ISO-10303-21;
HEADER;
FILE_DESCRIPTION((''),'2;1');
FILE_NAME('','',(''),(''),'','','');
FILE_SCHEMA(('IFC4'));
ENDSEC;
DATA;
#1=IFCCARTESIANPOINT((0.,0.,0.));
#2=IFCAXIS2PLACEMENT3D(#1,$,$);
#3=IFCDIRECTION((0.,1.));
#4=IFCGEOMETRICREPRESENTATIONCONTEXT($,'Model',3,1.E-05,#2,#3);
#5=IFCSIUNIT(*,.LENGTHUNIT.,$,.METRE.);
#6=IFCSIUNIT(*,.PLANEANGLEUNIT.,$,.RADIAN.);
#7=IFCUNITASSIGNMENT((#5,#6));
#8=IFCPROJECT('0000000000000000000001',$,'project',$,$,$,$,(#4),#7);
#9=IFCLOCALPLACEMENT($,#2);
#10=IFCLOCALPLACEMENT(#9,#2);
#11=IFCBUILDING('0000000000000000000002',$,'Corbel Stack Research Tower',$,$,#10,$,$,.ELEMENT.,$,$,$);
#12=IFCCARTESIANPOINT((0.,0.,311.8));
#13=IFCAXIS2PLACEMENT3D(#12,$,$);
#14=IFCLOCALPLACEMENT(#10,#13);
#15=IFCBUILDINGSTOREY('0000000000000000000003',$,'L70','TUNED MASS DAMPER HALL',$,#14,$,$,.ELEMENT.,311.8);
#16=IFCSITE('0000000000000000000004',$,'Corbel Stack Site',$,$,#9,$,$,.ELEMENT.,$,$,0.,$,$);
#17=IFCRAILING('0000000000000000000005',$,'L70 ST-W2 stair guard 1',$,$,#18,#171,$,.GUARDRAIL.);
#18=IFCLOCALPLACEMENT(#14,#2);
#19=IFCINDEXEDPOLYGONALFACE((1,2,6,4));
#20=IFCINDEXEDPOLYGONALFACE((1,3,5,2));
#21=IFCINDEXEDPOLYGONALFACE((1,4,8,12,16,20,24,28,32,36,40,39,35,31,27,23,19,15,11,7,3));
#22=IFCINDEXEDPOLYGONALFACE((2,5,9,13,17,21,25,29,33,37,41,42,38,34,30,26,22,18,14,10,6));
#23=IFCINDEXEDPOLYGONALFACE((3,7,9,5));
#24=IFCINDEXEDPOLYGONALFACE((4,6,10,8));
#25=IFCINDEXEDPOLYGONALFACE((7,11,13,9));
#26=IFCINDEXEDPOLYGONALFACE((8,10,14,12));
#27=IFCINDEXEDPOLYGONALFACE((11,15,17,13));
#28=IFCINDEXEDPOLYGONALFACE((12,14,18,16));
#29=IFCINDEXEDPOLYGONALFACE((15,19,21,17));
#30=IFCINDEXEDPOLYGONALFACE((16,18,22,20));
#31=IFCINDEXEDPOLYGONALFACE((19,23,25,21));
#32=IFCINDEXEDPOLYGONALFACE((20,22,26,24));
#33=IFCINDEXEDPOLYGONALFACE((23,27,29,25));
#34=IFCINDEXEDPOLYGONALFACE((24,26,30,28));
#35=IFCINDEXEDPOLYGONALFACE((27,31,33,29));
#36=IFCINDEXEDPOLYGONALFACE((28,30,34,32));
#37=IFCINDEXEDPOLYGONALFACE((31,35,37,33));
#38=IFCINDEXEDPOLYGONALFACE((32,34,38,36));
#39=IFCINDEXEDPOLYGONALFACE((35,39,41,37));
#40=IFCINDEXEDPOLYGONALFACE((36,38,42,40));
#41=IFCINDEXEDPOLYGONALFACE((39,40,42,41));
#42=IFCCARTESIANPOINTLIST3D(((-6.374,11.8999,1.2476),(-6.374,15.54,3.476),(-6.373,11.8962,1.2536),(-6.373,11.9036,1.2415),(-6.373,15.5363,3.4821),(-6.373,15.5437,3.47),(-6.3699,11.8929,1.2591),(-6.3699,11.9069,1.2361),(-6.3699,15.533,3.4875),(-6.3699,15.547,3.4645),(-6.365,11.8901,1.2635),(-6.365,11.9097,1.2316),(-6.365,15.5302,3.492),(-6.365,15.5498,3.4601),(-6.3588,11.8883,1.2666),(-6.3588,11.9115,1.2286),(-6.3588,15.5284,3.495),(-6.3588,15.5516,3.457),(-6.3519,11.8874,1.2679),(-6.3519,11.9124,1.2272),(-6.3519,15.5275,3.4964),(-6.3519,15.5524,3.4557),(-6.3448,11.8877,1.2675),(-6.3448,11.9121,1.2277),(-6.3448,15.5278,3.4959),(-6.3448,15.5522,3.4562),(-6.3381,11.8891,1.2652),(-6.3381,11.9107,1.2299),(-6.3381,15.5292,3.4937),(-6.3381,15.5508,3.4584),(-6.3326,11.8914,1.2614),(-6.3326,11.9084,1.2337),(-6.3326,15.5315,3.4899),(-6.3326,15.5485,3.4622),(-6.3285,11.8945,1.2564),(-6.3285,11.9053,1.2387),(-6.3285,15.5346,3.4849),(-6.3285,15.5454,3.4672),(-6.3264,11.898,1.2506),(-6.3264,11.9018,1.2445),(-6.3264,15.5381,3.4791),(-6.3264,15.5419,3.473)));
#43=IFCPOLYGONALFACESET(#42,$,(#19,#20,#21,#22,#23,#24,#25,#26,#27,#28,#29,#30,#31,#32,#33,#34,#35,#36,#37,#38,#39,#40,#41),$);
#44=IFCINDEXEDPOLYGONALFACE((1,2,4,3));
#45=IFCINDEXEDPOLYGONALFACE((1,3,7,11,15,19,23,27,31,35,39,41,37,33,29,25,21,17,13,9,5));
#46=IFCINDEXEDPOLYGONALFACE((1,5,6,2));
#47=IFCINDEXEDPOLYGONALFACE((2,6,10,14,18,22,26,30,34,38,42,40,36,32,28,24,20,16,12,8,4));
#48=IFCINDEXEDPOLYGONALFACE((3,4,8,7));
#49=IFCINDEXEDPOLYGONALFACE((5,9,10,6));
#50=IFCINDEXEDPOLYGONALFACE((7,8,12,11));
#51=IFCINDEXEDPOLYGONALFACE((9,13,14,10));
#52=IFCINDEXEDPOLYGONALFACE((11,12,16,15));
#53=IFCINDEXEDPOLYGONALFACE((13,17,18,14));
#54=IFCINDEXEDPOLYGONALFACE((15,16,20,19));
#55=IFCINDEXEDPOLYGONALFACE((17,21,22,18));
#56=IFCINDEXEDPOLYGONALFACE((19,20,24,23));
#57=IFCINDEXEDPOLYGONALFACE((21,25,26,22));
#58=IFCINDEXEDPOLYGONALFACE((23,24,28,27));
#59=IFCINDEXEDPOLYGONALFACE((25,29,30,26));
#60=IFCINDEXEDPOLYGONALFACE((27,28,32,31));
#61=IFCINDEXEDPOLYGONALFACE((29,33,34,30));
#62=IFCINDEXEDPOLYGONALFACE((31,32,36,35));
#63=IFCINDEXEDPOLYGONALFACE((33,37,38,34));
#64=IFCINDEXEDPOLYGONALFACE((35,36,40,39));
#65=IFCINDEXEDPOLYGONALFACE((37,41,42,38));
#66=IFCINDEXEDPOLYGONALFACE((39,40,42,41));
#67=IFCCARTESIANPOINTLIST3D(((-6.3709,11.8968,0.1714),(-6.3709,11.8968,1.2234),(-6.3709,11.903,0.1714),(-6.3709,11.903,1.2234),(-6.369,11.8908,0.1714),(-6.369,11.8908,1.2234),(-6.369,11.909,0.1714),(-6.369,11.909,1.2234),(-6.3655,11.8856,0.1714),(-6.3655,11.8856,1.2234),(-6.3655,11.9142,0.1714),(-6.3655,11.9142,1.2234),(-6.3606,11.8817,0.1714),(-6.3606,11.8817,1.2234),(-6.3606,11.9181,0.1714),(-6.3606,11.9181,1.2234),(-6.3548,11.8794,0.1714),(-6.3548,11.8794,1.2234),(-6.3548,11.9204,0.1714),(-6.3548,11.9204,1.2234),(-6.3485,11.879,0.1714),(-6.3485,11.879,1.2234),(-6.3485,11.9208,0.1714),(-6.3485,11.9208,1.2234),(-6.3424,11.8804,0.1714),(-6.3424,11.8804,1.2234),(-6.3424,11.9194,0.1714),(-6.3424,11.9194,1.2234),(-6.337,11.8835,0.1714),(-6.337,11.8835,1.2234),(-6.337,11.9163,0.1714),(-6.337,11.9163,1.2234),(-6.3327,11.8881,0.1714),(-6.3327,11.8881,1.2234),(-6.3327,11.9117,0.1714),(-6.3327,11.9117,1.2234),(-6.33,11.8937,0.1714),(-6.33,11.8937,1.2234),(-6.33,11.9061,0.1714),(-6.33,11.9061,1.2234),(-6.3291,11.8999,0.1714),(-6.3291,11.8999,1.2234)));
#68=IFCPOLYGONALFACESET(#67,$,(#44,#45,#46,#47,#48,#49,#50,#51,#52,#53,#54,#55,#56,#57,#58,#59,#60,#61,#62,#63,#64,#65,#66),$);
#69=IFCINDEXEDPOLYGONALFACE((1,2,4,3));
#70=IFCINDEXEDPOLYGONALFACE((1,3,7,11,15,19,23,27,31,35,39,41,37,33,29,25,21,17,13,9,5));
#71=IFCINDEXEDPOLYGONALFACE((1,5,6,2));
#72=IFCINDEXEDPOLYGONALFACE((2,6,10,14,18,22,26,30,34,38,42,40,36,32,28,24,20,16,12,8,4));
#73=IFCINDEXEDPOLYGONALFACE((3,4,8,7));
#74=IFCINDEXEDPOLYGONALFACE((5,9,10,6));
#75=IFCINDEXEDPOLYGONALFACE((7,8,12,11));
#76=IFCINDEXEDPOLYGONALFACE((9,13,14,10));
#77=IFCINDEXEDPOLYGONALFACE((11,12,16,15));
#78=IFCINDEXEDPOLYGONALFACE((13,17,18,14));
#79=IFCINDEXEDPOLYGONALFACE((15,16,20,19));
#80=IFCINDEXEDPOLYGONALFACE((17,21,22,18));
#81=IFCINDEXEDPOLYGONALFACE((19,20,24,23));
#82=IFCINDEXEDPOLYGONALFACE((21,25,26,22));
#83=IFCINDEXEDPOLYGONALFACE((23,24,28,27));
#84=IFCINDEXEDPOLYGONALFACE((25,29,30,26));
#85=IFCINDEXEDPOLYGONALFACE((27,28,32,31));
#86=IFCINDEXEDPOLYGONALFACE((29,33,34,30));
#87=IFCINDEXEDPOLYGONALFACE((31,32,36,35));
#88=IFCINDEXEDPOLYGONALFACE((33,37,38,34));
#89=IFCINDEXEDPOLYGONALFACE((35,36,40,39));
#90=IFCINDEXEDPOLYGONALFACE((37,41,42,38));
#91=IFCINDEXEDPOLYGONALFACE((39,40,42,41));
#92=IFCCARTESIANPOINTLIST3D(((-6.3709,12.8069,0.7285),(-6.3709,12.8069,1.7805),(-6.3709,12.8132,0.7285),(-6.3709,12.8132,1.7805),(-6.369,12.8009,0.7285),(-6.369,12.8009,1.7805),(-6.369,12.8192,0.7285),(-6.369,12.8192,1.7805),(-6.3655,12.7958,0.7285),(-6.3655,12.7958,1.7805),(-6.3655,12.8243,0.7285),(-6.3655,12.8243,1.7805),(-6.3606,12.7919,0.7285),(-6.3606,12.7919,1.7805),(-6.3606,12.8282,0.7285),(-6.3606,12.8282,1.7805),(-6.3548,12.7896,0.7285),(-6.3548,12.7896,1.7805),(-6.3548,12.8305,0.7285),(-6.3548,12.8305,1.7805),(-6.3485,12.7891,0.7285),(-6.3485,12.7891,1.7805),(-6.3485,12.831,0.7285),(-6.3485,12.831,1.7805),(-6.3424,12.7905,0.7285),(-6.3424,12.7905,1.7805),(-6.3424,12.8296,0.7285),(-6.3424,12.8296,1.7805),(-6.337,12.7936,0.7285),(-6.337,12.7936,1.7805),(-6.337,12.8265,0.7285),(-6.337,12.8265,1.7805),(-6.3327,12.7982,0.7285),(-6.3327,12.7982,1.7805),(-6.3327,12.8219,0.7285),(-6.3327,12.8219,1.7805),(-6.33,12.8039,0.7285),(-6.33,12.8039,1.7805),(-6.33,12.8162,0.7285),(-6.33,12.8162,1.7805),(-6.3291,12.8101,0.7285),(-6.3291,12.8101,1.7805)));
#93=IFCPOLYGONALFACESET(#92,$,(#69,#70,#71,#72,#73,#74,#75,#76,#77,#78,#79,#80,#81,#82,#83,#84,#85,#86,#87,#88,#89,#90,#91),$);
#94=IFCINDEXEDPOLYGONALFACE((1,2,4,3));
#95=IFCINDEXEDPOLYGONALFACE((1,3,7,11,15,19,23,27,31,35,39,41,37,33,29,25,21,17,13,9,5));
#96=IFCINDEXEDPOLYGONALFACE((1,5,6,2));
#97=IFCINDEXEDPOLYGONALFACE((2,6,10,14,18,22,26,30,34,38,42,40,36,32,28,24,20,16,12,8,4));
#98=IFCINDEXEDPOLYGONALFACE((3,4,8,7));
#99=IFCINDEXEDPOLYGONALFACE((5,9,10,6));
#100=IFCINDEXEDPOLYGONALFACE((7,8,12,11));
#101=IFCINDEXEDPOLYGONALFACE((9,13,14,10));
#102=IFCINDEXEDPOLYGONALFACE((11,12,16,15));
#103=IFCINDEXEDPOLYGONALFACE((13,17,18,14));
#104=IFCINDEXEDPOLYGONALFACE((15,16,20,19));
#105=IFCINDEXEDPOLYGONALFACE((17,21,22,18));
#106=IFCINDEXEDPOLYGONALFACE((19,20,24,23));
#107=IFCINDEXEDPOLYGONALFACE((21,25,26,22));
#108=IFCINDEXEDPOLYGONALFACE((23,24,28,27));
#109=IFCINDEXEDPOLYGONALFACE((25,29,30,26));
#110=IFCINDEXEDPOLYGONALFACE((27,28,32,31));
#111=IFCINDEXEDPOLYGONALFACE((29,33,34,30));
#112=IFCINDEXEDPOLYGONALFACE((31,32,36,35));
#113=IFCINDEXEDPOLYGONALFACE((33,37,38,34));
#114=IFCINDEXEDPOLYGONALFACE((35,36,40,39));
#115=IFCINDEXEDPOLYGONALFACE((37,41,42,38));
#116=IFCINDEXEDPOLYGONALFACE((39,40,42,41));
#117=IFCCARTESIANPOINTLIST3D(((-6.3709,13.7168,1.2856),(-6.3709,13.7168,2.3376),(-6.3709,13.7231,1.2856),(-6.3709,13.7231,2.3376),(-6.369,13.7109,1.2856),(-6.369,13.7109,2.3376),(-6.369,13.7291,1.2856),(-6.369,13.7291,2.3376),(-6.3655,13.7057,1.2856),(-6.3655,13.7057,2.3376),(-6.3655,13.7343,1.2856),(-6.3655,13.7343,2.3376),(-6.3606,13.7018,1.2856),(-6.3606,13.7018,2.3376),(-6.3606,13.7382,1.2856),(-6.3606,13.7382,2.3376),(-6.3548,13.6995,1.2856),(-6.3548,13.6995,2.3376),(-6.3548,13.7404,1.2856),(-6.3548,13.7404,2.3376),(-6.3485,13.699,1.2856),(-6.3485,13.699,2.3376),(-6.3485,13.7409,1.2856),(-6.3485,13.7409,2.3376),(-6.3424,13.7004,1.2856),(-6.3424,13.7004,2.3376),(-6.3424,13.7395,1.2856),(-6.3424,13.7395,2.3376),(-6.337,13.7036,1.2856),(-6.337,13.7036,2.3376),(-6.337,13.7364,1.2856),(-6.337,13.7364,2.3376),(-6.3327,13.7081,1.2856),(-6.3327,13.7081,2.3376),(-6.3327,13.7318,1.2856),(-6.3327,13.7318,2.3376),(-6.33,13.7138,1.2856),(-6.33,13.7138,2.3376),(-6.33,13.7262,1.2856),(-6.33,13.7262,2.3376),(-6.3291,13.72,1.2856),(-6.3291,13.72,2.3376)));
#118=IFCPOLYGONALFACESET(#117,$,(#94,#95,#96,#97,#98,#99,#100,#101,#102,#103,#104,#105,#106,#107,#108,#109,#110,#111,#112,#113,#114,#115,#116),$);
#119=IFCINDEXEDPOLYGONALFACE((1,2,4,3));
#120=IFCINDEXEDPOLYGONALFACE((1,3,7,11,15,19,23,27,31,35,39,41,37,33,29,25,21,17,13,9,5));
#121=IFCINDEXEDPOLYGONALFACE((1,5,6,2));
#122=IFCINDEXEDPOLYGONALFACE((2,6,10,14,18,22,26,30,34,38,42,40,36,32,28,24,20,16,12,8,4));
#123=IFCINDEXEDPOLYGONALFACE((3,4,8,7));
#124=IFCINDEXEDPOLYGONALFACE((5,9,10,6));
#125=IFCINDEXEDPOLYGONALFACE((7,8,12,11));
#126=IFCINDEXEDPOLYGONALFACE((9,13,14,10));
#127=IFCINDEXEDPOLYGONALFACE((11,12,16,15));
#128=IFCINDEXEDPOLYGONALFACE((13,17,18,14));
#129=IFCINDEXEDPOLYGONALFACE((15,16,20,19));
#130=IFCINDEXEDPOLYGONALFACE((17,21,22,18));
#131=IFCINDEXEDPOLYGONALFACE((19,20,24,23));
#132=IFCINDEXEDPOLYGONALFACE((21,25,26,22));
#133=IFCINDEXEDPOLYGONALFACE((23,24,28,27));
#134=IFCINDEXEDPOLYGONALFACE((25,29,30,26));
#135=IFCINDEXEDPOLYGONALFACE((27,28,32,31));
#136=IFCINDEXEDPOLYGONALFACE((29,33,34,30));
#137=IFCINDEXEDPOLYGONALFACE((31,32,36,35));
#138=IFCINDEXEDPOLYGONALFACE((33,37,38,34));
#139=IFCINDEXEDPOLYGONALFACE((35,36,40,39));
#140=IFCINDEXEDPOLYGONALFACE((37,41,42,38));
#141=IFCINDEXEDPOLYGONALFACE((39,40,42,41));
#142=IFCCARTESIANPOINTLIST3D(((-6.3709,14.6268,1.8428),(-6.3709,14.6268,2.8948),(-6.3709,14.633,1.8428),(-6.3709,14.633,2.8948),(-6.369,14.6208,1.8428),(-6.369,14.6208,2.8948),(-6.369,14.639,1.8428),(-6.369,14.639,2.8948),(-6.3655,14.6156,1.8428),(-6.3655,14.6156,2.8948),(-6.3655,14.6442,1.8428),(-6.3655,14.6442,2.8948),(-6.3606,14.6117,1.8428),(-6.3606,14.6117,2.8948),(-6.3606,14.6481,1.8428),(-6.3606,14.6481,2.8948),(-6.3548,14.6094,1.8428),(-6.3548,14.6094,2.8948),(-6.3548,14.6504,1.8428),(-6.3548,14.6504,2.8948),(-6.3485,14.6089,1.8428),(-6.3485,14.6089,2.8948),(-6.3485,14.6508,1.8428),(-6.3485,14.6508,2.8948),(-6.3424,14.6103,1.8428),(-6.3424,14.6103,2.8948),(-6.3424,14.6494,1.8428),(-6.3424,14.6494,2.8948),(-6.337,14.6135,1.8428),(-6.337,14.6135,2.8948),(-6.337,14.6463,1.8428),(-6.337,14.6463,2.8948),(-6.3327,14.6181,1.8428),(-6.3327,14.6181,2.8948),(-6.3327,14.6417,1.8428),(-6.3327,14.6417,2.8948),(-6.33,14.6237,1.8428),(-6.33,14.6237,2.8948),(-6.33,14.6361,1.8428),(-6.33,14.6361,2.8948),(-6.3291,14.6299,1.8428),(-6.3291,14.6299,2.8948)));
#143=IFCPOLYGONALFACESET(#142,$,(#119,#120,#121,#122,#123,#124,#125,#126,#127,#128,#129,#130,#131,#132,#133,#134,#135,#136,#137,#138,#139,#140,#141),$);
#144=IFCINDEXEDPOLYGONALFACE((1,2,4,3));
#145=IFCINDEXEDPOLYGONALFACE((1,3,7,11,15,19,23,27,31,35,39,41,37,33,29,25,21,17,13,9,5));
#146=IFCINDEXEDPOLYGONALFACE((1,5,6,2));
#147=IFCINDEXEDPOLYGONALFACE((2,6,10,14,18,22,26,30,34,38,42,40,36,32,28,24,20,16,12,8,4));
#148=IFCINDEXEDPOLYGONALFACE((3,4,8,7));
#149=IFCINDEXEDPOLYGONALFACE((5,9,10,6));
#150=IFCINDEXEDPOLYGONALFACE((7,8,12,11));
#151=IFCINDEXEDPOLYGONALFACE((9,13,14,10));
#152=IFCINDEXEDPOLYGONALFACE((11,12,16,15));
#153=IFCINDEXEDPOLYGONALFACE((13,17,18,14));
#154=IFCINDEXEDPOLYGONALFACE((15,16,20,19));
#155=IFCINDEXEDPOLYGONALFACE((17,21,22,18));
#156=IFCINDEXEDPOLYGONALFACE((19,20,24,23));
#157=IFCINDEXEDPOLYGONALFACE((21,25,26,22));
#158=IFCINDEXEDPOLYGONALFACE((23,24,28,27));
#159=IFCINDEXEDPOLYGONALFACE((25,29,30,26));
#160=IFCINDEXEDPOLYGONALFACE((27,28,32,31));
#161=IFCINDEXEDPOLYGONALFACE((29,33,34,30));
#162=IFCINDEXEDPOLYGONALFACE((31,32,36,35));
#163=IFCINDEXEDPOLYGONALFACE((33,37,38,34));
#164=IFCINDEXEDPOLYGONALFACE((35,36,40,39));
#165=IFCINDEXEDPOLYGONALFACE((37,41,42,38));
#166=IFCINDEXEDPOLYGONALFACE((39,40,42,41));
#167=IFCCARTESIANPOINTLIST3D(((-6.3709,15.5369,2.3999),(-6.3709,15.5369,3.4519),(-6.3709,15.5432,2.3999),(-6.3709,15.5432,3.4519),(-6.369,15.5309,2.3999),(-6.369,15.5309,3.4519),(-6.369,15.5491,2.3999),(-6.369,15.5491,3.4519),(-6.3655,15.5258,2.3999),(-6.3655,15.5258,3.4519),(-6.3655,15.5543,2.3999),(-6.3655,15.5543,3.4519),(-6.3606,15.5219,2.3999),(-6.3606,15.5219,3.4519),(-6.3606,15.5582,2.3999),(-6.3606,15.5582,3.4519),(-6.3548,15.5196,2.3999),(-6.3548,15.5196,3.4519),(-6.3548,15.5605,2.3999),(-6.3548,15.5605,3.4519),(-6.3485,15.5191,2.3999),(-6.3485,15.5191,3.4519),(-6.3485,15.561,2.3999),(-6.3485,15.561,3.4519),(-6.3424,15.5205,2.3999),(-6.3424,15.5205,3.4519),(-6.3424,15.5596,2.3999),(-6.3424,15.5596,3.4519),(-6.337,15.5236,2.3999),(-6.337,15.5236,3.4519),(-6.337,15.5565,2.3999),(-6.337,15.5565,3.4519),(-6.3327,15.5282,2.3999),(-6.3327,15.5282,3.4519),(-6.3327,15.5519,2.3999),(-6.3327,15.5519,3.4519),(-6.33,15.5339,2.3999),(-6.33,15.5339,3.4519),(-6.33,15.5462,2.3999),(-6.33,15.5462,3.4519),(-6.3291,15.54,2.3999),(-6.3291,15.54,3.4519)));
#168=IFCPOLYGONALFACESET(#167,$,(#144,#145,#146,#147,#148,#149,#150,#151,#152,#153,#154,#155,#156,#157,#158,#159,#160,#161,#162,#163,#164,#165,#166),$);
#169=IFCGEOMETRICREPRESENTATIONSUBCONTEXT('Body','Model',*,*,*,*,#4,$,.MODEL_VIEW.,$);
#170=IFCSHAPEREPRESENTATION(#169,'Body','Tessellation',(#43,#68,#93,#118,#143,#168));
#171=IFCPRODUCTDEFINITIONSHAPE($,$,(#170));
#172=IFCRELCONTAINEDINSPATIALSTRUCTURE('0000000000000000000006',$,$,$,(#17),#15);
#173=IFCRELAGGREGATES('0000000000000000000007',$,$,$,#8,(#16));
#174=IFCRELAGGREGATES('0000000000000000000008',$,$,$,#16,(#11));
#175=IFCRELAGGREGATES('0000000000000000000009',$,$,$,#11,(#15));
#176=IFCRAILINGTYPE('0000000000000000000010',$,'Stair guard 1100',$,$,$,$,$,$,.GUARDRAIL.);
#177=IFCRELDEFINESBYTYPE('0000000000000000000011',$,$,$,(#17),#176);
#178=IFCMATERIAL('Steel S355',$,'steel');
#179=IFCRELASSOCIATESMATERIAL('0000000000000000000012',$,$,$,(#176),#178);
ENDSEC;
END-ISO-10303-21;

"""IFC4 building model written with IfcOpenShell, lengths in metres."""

from ifc_helpers import new_model, si_unit, direction, frame, origin, origin_2d, place, context, subcontext, project, spatial, circle, extrude, material, type_object, element, save


model = new_model("IFC4")

# Units and contexts
model_context = context("Model", 3, precision=1e-05, world=origin(), true_north=direction((0.0, 1.0)))
body_context = subcontext(model_context, "Body", "Model", "MODEL_VIEW")
ifc_project = project(units=[si_unit("LENGTHUNIT", "METRE"), si_unit("PLANEANGLEUNIT", "RADIAN")], contexts=[model_context])

# Site, building, storey
site_placement = place(None, origin())
site = spatial("IfcSite", under=ifc_project, at=site_placement, Name="Corbel Stack Site", CompositionType="ELEMENT", RefElevation=0.0)
building_placement = place(site_placement, origin())
building = spatial("IfcBuilding", under=site, at=building_placement, Name="Corbel Stack Research Tower", CompositionType="ELEMENT")
storey_placement = place(building_placement, frame((0.0, 0.0, 311.8)))
storey = spatial("IfcBuildingStorey", under=building, at=storey_placement, Name="L70", Description="TUNED MASS DAMPER HALL", CompositionType="ELEMENT", Elevation=311.8)

# Railing
ifc_material_1 = material(Name="Steel S355", Category="steel")
railing_type_1 = type_object("IfcRailingType", Name="Stair guard 1100", PredefinedType="GUARDRAIL", material=ifc_material_1)
railing_1_placement = place(storey_placement, frame((-6.3501, 11.8999, 0.1714)))
element("IfcRailing", 1, at=railing_1_placement, inside=storey, type_object=railing_type_1, Name="L70 ST-W2 stair guard 1", PredefinedType="GUARDRAIL", context=body_context, shape_type="SweptSolid", body=[
    extrude(circle(Radius=0.0239, at=origin_2d()), frame((0.0, 0.0, 1.0762), z_axis=(0.0, 0.852866, 0.52213), x_axis=(-1.0, 0.0, 0.0)), (0.0, 0.0, 1.0), 4.2681),
    extrude(circle(Radius=0.021, at=origin_2d()), origin(), (0.0, 0.0, 1.0), 1.052),
    extrude(circle(Radius=0.021, at=origin_2d()), frame((0.0, 0.9102, 0.5571)), (0.0, 0.0, 1.0), 1.052),
    extrude(circle(Radius=0.021, at=origin_2d()), frame((0.0, 1.8201, 1.1143)), (0.0, 0.0, 1.0), 1.052),
    extrude(circle(Radius=0.021, at=origin_2d()), frame((0.0, 2.73, 1.6714)), (0.0, 0.0, 1.0), 1.052),
    extrude(circle(Radius=0.021, at=origin_2d()), frame((0.0, 3.6401, 2.2285)), (0.0, 0.0, 1.0), 1.052),
])

save(model, "model.ifc")
